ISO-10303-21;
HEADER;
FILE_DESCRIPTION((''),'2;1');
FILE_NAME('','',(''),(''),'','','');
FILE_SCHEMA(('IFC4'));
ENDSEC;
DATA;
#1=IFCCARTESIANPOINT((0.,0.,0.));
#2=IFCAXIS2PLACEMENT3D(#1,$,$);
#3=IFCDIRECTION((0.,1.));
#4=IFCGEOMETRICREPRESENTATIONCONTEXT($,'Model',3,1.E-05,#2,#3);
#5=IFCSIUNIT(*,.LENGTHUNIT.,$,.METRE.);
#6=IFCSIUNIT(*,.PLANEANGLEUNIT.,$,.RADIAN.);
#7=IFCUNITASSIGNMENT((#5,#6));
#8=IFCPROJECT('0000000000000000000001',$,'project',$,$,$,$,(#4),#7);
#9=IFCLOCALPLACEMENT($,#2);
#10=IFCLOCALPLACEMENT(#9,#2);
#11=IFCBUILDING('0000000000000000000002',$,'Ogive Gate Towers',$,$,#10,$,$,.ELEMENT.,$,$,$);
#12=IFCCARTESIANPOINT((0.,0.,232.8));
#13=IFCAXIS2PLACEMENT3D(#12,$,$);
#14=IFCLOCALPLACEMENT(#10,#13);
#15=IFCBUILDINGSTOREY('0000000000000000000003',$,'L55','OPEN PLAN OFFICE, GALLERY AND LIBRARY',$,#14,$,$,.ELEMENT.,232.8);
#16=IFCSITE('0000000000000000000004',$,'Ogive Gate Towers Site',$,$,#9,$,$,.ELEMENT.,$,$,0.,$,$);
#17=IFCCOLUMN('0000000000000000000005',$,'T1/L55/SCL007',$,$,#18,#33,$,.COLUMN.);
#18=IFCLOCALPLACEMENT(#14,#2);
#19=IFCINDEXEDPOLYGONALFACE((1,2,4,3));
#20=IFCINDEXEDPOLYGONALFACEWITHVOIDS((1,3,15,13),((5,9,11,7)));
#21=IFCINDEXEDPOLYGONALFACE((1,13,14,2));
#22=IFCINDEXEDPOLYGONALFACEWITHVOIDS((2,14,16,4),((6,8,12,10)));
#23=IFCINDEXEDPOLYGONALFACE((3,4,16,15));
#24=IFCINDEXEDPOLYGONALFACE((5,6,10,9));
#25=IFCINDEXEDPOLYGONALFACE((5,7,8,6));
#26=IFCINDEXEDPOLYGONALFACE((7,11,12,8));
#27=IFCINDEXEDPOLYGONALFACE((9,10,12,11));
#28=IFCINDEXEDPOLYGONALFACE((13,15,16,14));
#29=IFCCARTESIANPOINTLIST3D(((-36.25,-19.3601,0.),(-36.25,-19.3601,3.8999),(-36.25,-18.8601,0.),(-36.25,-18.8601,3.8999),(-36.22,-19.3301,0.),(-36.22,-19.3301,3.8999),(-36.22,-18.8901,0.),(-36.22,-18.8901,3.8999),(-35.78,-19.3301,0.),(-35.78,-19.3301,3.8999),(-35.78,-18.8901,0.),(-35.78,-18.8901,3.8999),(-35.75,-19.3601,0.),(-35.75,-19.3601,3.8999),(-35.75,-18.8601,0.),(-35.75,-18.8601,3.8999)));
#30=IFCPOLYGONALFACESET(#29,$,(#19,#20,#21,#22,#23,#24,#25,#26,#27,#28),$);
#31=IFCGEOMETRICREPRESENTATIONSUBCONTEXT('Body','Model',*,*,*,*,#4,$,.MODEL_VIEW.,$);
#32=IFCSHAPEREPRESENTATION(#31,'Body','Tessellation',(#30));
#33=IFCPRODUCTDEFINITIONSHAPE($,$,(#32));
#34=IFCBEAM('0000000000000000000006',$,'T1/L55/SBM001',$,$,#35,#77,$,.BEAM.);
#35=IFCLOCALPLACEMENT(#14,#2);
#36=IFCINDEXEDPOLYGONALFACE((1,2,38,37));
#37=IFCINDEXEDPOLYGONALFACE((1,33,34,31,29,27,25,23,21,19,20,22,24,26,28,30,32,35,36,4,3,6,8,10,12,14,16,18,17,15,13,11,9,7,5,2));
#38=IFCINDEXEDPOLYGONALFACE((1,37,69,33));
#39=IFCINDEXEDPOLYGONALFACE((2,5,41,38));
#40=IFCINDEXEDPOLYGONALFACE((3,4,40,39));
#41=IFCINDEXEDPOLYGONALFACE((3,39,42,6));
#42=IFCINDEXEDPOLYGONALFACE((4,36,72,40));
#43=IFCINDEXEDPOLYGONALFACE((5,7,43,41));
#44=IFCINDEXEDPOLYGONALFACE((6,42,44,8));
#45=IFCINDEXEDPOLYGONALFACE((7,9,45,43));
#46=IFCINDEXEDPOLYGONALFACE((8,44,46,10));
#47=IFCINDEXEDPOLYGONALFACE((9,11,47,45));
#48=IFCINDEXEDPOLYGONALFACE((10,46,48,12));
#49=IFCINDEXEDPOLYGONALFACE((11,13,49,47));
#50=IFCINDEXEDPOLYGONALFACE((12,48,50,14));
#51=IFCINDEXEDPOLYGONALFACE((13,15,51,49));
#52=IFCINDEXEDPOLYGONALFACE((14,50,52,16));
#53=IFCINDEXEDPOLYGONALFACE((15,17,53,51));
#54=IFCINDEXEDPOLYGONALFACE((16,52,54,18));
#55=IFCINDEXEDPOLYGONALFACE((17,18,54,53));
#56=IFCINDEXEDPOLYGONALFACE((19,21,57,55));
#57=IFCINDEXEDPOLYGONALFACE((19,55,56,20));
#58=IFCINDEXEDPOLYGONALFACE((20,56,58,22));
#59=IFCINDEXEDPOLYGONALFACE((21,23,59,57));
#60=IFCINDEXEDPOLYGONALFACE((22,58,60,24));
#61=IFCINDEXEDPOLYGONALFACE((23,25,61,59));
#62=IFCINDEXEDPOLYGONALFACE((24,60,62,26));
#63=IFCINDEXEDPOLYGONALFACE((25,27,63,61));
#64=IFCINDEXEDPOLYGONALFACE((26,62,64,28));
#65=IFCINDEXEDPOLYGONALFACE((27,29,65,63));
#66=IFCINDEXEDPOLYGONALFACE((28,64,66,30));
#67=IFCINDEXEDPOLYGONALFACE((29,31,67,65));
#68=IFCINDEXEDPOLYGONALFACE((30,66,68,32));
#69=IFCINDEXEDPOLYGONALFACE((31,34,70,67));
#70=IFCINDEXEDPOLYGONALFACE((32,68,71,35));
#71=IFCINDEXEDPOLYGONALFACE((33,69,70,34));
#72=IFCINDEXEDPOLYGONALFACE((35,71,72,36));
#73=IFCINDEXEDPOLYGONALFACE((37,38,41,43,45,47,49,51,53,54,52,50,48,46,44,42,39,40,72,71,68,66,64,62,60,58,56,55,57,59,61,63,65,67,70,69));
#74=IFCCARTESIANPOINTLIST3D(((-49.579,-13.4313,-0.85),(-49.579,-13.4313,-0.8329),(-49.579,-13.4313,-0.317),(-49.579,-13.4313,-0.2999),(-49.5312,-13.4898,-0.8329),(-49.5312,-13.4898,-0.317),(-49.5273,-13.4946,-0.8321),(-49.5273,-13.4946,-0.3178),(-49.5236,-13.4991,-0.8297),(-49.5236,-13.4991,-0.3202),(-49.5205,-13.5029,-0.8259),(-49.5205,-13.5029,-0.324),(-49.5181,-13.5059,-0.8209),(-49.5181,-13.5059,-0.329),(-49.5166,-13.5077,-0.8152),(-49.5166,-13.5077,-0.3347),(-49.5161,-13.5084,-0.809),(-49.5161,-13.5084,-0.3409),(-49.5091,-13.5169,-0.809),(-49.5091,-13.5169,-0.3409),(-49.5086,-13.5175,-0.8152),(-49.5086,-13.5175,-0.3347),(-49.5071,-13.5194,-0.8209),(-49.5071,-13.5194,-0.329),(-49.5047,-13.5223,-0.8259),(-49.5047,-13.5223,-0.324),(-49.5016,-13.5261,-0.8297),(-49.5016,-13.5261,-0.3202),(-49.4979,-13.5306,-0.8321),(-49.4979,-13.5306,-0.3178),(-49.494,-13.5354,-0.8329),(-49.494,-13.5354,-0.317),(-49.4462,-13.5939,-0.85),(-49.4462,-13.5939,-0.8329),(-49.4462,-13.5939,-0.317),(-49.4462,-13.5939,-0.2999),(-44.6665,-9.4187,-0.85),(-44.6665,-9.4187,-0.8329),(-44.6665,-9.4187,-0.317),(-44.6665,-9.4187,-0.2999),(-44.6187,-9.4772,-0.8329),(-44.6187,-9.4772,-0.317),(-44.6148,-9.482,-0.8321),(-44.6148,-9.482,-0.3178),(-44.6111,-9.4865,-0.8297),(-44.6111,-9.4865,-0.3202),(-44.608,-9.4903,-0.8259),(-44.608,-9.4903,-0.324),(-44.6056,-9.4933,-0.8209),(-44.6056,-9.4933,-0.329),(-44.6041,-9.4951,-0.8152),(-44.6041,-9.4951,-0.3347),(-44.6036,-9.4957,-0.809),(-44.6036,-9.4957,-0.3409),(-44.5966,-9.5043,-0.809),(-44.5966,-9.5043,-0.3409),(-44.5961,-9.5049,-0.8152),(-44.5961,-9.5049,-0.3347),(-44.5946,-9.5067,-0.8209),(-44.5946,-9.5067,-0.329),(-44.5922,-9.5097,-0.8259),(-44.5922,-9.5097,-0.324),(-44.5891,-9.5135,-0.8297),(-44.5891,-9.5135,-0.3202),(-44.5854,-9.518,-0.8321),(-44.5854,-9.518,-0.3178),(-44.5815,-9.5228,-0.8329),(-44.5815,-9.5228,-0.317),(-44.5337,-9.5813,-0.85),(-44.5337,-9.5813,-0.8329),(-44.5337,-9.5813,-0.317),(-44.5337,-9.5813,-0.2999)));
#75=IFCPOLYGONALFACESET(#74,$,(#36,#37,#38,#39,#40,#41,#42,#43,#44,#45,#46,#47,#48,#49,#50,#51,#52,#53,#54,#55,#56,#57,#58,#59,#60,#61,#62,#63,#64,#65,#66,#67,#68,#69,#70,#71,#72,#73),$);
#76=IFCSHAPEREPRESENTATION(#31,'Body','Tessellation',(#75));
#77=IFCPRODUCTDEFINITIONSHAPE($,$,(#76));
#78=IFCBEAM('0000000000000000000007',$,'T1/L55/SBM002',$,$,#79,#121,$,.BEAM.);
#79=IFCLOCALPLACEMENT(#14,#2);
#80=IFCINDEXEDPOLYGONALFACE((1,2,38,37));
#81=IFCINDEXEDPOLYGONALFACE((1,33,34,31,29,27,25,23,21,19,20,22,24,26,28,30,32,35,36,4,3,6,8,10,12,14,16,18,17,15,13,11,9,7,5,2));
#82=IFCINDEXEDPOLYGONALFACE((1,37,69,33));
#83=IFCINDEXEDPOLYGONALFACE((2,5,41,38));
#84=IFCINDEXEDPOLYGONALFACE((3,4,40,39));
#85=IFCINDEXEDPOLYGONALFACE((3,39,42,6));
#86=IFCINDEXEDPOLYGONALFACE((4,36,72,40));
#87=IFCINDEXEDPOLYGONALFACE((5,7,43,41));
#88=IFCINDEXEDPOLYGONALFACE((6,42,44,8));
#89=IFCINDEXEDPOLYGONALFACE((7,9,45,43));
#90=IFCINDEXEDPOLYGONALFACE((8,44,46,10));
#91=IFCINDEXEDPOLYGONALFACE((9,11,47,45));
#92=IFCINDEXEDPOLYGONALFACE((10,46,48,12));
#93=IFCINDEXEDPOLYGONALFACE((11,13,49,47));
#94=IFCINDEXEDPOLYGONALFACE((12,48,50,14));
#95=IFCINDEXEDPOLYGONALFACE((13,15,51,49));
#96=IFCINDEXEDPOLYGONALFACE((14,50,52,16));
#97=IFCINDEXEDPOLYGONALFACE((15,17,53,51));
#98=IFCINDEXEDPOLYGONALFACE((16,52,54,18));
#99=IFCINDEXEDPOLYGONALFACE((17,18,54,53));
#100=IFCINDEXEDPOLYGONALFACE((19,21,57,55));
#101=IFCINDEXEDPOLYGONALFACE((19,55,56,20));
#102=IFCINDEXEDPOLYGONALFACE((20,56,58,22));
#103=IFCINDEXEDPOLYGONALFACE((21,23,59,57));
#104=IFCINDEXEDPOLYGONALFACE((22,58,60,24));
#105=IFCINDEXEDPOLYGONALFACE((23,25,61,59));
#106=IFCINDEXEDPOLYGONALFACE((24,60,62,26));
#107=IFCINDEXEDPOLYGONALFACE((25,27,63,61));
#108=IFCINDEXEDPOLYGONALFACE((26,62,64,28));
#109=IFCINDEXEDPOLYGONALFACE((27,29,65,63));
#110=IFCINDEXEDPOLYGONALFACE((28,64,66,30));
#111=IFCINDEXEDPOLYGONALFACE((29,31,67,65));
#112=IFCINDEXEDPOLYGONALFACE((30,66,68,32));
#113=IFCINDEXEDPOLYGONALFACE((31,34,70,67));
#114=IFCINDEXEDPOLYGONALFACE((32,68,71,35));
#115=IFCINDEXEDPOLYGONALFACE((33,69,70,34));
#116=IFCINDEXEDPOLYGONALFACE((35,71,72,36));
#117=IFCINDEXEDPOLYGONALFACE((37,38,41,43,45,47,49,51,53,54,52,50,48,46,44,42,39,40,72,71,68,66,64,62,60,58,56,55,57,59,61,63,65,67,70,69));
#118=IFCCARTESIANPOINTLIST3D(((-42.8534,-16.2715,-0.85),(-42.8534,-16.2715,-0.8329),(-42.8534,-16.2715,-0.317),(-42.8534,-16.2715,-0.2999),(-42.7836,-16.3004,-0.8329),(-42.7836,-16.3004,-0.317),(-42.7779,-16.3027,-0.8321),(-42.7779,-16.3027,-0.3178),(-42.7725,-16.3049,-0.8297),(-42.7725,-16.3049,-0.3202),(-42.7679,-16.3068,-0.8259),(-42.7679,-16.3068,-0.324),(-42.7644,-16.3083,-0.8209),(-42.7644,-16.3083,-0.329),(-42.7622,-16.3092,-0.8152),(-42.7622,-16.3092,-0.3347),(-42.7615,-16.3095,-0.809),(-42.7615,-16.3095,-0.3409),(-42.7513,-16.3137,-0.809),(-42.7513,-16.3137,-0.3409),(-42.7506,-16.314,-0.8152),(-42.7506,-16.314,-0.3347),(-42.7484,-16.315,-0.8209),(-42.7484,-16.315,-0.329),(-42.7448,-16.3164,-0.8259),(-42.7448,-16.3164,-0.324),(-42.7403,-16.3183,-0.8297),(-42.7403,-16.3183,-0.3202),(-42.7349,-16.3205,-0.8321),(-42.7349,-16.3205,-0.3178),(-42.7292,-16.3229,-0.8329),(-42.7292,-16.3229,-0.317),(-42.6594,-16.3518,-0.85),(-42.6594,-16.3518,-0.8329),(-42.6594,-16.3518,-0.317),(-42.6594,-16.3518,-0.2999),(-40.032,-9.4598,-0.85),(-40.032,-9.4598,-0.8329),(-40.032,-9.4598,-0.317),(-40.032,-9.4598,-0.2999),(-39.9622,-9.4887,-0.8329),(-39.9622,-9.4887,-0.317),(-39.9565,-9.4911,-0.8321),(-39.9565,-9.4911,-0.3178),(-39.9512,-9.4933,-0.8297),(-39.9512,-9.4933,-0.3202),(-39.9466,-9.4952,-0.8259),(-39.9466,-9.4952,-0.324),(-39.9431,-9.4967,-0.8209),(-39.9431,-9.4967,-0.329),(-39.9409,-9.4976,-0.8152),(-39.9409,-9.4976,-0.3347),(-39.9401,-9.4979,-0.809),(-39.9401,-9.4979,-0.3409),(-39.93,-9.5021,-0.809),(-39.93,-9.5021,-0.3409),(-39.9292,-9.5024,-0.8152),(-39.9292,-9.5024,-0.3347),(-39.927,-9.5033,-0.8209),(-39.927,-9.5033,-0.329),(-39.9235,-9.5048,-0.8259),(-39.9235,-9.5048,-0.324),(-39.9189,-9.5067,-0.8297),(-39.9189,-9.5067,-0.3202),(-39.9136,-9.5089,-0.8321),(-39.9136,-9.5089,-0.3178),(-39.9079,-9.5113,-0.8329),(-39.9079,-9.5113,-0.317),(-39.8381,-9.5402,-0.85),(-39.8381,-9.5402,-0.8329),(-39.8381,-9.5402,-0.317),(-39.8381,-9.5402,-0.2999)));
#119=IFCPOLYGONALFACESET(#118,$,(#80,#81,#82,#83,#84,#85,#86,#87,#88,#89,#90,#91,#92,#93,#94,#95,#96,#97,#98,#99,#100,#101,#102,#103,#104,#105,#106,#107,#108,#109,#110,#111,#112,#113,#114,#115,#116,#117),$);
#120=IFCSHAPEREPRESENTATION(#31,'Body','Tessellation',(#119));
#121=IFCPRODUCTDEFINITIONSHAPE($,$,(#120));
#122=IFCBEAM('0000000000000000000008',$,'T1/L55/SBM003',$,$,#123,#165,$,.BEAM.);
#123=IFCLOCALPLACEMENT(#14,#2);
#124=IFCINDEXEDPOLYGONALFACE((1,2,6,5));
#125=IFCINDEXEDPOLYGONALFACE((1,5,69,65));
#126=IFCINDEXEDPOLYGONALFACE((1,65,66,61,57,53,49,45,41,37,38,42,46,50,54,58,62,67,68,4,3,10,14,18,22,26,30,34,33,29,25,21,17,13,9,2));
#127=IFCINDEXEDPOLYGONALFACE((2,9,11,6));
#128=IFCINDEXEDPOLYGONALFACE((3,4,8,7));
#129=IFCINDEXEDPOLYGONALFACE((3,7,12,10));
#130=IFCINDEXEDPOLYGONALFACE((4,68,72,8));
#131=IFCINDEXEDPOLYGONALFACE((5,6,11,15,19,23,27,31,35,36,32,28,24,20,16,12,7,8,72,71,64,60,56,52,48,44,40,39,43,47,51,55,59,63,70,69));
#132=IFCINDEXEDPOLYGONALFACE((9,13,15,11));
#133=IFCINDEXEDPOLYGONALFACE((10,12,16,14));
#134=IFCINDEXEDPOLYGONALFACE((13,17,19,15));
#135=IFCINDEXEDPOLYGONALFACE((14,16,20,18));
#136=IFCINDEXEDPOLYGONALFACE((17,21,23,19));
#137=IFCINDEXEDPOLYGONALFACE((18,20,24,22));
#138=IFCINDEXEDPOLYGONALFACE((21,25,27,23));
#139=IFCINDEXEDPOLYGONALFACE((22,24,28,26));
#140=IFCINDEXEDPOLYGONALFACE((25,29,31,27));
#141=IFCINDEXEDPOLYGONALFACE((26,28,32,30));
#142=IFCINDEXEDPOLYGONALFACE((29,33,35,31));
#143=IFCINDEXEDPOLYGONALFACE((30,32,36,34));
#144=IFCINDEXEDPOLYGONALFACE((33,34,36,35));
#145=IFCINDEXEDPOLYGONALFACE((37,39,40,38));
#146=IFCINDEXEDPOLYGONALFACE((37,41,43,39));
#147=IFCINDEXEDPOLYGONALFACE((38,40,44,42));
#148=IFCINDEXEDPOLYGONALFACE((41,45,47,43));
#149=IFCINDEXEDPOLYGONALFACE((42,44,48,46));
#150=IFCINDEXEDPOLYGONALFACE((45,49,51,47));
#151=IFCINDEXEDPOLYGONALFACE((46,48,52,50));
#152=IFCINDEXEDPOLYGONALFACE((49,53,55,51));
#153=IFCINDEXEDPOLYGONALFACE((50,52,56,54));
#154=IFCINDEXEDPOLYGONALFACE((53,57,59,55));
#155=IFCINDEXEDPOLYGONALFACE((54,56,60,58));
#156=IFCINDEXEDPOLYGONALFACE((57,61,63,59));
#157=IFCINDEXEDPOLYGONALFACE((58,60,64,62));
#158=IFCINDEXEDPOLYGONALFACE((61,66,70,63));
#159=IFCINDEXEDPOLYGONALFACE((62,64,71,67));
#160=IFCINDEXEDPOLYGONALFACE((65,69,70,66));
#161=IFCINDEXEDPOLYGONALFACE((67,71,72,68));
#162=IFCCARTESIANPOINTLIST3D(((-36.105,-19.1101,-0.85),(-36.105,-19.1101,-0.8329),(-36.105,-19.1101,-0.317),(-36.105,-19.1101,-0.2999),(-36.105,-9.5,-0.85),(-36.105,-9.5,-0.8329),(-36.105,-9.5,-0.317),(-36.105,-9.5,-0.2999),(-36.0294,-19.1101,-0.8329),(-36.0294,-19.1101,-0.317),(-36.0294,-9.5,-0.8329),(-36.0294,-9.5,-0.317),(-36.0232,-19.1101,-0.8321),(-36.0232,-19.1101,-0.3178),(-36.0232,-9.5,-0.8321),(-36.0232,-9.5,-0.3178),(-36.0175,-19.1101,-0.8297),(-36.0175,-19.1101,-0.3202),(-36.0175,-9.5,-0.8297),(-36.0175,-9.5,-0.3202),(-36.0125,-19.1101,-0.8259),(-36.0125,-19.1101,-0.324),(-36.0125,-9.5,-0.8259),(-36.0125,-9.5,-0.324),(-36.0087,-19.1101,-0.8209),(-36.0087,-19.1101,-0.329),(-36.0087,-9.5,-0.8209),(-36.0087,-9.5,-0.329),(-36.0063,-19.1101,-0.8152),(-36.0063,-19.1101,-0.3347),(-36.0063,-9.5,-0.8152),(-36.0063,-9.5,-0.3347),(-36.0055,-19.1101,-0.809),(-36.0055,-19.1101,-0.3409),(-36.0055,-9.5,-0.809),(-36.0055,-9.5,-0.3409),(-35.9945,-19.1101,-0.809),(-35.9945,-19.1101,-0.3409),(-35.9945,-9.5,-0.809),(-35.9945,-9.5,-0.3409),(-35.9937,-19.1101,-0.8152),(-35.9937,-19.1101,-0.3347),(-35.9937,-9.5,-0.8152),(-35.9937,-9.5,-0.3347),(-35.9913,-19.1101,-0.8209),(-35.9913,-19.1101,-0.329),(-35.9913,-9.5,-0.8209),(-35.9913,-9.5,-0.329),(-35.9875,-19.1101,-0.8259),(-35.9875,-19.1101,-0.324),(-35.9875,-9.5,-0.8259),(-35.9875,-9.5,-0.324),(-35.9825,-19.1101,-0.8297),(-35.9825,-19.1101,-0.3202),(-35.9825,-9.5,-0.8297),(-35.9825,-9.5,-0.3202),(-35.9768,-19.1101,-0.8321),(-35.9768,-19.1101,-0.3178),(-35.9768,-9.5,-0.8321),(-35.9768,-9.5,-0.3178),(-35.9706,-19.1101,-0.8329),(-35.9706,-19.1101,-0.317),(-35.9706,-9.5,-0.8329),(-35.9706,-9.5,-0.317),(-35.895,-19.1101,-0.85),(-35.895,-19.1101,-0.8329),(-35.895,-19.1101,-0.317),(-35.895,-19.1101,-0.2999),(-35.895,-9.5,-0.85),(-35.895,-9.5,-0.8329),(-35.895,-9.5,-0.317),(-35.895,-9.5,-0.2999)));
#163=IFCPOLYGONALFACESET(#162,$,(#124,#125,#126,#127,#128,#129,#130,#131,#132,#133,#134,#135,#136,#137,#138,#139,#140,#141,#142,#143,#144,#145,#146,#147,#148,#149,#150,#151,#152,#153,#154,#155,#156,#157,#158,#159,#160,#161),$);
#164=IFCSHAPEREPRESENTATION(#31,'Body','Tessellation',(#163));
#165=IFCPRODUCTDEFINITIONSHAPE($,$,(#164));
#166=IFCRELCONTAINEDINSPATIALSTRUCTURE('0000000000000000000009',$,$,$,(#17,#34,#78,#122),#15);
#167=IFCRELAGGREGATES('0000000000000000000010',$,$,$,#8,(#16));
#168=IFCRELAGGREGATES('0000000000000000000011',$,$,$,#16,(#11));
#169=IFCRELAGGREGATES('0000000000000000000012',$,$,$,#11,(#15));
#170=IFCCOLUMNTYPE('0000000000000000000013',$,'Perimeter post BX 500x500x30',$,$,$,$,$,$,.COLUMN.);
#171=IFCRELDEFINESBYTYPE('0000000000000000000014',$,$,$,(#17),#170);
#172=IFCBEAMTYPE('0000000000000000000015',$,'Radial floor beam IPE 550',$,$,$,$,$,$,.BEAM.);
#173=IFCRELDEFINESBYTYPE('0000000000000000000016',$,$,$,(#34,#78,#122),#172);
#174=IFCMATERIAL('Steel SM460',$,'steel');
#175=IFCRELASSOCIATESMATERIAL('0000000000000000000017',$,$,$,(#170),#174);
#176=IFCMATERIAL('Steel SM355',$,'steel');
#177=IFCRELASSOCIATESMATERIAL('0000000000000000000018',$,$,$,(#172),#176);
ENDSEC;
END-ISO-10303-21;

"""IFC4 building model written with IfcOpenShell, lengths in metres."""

from ifc_helpers import new_model, si_unit, direction, frame, origin, origin_2d, place, context, subcontext, project, spatial, hollow_rectangle, i_section, extrude, material, material_profile, profile_set, type_object, element, save


model = new_model("IFC4")

# Units and contexts
model_context = context("Model", 3, precision=1e-05, world=origin(), true_north=direction((0.0, 1.0)))
body_context = subcontext(model_context, "Body", "Model", "MODEL_VIEW")
ifc_project = project(units=[si_unit("LENGTHUNIT", "METRE"), si_unit("PLANEANGLEUNIT", "RADIAN")], contexts=[model_context])

# Site, building, storey
site_placement = place(None, origin())
site = spatial("IfcSite", under=ifc_project, at=site_placement, Name="Ogive Gate Towers Site", CompositionType="ELEMENT", RefElevation=0.0)
building_placement = place(site_placement, origin())
building = spatial("IfcBuilding", under=site, at=building_placement, Name="Ogive Gate Towers", CompositionType="ELEMENT")
storey_placement = place(building_placement, frame((0.0, 0.0, 232.8)))
storey = spatial("IfcBuildingStorey", under=building, at=storey_placement, Name="L55", Description="OPEN PLAN OFFICE, GALLERY AND LIBRARY", CompositionType="ELEMENT", Elevation=232.8)

# Column
ifc_material_1 = material(Name="Steel SM460", Category="steel")
ifc_material_profile_1 = material_profile(ifc_material_1, hollow_rectangle(XDim=0.5, YDim=0.5, WallThickness=0.03, at=origin_2d()), Name="BX 500x500x30")
ifc_profile_set_1 = profile_set([ifc_material_profile_1], Name="Steel SM460")
column_type = type_object("IfcColumnType", Name="Perimeter post BX 500x500x30", PredefinedType="COLUMN", material=ifc_profile_set_1)
column_placement = place(storey_placement, frame((-36.0, -19.1101, 0.0), z_axis=(0.0, 0.0, 1.0), x_axis=(1.0, 0.0, 0.0)))
element("IfcColumn", 1, at=column_placement, inside=storey, type_object=column_type, Name="T1/L55/SCL007", PredefinedType="COLUMN", context=body_context, shape_type="SweptSolid", body=[
    extrude(hollow_rectangle(XDim=0.5, YDim=0.5, WallThickness=0.03, at=origin_2d()), origin(), (0.0, 0.0, 1.0), 3.8999),
])

# Beams
ifc_material_2 = material(Name="Steel SM355", Category="steel")
ifc_material_profile_2 = material_profile(ifc_material_2, i_section(OverallWidth=0.21, OverallDepth=0.55, WebThickness=0.011, FlangeThickness=0.0171, FilletRadius=0.0239, at=origin_2d()), Name="IPE 550")
ifc_profile_set_2 = profile_set([ifc_material_profile_2], Name="Steel SM355")
beam_type = type_object("IfcBeamType", Name="Radial floor beam IPE 550", PredefinedType="BEAM", material=ifc_profile_set_2)
beam_1_placement = place(storey_placement, frame((-44.6001, -9.5, -0.575), z_axis=(-0.774475, -0.632605, 0.0), x_axis=(0.632605, -0.774475, 0.0)))
element("IfcBeam", 2, at=beam_1_placement, inside=storey, type_object=beam_type, Name="T1/L55/SBM001", PredefinedType="BEAM", context=body_context, shape_type="SweptSolid", body=[
    extrude(i_section(OverallWidth=0.21, OverallDepth=0.55, WebThickness=0.011, FlangeThickness=0.0171, FilletRadius=0.0239, at=origin_2d()), origin(), (0.0, 0.0, 1.0), 6.343),
])
beam_2_placement = place(storey_placement, frame((-39.9351, -9.5, -0.575), z_axis=(-0.382668, -0.923886, 0.0), x_axis=(0.923886, -0.382668, 0.0)))
element("IfcBeam", 3, at=beam_2_placement, inside=storey, type_object=beam_type, Name="T1/L55/SBM002", PredefinedType="BEAM", context=body_context, shape_type="SweptSolid", body=[
    extrude(i_section(OverallWidth=0.21, OverallDepth=0.55, WebThickness=0.011, FlangeThickness=0.0171, FilletRadius=0.0239, at=origin_2d()), origin(), (0.0, 0.0, 1.0), 7.3728),
])
beam_3_placement = place(storey_placement, frame((-36.0, -9.5, -0.575), z_axis=(0.0, -1.0, 0.0), x_axis=(1.0, 0.0, 0.0)))
element("IfcBeam", 4, at=beam_3_placement, inside=storey, type_object=beam_type, Name="T1/L55/SBM003", PredefinedType="BEAM", context=body_context, shape_type="SweptSolid", body=[
    extrude(i_section(OverallWidth=0.21, OverallDepth=0.55, WebThickness=0.011, FlangeThickness=0.0171, FilletRadius=0.0239, at=origin_2d()), origin(), (0.0, 0.0, 1.0), 9.6101),
])

save(model, "model.ifc")
